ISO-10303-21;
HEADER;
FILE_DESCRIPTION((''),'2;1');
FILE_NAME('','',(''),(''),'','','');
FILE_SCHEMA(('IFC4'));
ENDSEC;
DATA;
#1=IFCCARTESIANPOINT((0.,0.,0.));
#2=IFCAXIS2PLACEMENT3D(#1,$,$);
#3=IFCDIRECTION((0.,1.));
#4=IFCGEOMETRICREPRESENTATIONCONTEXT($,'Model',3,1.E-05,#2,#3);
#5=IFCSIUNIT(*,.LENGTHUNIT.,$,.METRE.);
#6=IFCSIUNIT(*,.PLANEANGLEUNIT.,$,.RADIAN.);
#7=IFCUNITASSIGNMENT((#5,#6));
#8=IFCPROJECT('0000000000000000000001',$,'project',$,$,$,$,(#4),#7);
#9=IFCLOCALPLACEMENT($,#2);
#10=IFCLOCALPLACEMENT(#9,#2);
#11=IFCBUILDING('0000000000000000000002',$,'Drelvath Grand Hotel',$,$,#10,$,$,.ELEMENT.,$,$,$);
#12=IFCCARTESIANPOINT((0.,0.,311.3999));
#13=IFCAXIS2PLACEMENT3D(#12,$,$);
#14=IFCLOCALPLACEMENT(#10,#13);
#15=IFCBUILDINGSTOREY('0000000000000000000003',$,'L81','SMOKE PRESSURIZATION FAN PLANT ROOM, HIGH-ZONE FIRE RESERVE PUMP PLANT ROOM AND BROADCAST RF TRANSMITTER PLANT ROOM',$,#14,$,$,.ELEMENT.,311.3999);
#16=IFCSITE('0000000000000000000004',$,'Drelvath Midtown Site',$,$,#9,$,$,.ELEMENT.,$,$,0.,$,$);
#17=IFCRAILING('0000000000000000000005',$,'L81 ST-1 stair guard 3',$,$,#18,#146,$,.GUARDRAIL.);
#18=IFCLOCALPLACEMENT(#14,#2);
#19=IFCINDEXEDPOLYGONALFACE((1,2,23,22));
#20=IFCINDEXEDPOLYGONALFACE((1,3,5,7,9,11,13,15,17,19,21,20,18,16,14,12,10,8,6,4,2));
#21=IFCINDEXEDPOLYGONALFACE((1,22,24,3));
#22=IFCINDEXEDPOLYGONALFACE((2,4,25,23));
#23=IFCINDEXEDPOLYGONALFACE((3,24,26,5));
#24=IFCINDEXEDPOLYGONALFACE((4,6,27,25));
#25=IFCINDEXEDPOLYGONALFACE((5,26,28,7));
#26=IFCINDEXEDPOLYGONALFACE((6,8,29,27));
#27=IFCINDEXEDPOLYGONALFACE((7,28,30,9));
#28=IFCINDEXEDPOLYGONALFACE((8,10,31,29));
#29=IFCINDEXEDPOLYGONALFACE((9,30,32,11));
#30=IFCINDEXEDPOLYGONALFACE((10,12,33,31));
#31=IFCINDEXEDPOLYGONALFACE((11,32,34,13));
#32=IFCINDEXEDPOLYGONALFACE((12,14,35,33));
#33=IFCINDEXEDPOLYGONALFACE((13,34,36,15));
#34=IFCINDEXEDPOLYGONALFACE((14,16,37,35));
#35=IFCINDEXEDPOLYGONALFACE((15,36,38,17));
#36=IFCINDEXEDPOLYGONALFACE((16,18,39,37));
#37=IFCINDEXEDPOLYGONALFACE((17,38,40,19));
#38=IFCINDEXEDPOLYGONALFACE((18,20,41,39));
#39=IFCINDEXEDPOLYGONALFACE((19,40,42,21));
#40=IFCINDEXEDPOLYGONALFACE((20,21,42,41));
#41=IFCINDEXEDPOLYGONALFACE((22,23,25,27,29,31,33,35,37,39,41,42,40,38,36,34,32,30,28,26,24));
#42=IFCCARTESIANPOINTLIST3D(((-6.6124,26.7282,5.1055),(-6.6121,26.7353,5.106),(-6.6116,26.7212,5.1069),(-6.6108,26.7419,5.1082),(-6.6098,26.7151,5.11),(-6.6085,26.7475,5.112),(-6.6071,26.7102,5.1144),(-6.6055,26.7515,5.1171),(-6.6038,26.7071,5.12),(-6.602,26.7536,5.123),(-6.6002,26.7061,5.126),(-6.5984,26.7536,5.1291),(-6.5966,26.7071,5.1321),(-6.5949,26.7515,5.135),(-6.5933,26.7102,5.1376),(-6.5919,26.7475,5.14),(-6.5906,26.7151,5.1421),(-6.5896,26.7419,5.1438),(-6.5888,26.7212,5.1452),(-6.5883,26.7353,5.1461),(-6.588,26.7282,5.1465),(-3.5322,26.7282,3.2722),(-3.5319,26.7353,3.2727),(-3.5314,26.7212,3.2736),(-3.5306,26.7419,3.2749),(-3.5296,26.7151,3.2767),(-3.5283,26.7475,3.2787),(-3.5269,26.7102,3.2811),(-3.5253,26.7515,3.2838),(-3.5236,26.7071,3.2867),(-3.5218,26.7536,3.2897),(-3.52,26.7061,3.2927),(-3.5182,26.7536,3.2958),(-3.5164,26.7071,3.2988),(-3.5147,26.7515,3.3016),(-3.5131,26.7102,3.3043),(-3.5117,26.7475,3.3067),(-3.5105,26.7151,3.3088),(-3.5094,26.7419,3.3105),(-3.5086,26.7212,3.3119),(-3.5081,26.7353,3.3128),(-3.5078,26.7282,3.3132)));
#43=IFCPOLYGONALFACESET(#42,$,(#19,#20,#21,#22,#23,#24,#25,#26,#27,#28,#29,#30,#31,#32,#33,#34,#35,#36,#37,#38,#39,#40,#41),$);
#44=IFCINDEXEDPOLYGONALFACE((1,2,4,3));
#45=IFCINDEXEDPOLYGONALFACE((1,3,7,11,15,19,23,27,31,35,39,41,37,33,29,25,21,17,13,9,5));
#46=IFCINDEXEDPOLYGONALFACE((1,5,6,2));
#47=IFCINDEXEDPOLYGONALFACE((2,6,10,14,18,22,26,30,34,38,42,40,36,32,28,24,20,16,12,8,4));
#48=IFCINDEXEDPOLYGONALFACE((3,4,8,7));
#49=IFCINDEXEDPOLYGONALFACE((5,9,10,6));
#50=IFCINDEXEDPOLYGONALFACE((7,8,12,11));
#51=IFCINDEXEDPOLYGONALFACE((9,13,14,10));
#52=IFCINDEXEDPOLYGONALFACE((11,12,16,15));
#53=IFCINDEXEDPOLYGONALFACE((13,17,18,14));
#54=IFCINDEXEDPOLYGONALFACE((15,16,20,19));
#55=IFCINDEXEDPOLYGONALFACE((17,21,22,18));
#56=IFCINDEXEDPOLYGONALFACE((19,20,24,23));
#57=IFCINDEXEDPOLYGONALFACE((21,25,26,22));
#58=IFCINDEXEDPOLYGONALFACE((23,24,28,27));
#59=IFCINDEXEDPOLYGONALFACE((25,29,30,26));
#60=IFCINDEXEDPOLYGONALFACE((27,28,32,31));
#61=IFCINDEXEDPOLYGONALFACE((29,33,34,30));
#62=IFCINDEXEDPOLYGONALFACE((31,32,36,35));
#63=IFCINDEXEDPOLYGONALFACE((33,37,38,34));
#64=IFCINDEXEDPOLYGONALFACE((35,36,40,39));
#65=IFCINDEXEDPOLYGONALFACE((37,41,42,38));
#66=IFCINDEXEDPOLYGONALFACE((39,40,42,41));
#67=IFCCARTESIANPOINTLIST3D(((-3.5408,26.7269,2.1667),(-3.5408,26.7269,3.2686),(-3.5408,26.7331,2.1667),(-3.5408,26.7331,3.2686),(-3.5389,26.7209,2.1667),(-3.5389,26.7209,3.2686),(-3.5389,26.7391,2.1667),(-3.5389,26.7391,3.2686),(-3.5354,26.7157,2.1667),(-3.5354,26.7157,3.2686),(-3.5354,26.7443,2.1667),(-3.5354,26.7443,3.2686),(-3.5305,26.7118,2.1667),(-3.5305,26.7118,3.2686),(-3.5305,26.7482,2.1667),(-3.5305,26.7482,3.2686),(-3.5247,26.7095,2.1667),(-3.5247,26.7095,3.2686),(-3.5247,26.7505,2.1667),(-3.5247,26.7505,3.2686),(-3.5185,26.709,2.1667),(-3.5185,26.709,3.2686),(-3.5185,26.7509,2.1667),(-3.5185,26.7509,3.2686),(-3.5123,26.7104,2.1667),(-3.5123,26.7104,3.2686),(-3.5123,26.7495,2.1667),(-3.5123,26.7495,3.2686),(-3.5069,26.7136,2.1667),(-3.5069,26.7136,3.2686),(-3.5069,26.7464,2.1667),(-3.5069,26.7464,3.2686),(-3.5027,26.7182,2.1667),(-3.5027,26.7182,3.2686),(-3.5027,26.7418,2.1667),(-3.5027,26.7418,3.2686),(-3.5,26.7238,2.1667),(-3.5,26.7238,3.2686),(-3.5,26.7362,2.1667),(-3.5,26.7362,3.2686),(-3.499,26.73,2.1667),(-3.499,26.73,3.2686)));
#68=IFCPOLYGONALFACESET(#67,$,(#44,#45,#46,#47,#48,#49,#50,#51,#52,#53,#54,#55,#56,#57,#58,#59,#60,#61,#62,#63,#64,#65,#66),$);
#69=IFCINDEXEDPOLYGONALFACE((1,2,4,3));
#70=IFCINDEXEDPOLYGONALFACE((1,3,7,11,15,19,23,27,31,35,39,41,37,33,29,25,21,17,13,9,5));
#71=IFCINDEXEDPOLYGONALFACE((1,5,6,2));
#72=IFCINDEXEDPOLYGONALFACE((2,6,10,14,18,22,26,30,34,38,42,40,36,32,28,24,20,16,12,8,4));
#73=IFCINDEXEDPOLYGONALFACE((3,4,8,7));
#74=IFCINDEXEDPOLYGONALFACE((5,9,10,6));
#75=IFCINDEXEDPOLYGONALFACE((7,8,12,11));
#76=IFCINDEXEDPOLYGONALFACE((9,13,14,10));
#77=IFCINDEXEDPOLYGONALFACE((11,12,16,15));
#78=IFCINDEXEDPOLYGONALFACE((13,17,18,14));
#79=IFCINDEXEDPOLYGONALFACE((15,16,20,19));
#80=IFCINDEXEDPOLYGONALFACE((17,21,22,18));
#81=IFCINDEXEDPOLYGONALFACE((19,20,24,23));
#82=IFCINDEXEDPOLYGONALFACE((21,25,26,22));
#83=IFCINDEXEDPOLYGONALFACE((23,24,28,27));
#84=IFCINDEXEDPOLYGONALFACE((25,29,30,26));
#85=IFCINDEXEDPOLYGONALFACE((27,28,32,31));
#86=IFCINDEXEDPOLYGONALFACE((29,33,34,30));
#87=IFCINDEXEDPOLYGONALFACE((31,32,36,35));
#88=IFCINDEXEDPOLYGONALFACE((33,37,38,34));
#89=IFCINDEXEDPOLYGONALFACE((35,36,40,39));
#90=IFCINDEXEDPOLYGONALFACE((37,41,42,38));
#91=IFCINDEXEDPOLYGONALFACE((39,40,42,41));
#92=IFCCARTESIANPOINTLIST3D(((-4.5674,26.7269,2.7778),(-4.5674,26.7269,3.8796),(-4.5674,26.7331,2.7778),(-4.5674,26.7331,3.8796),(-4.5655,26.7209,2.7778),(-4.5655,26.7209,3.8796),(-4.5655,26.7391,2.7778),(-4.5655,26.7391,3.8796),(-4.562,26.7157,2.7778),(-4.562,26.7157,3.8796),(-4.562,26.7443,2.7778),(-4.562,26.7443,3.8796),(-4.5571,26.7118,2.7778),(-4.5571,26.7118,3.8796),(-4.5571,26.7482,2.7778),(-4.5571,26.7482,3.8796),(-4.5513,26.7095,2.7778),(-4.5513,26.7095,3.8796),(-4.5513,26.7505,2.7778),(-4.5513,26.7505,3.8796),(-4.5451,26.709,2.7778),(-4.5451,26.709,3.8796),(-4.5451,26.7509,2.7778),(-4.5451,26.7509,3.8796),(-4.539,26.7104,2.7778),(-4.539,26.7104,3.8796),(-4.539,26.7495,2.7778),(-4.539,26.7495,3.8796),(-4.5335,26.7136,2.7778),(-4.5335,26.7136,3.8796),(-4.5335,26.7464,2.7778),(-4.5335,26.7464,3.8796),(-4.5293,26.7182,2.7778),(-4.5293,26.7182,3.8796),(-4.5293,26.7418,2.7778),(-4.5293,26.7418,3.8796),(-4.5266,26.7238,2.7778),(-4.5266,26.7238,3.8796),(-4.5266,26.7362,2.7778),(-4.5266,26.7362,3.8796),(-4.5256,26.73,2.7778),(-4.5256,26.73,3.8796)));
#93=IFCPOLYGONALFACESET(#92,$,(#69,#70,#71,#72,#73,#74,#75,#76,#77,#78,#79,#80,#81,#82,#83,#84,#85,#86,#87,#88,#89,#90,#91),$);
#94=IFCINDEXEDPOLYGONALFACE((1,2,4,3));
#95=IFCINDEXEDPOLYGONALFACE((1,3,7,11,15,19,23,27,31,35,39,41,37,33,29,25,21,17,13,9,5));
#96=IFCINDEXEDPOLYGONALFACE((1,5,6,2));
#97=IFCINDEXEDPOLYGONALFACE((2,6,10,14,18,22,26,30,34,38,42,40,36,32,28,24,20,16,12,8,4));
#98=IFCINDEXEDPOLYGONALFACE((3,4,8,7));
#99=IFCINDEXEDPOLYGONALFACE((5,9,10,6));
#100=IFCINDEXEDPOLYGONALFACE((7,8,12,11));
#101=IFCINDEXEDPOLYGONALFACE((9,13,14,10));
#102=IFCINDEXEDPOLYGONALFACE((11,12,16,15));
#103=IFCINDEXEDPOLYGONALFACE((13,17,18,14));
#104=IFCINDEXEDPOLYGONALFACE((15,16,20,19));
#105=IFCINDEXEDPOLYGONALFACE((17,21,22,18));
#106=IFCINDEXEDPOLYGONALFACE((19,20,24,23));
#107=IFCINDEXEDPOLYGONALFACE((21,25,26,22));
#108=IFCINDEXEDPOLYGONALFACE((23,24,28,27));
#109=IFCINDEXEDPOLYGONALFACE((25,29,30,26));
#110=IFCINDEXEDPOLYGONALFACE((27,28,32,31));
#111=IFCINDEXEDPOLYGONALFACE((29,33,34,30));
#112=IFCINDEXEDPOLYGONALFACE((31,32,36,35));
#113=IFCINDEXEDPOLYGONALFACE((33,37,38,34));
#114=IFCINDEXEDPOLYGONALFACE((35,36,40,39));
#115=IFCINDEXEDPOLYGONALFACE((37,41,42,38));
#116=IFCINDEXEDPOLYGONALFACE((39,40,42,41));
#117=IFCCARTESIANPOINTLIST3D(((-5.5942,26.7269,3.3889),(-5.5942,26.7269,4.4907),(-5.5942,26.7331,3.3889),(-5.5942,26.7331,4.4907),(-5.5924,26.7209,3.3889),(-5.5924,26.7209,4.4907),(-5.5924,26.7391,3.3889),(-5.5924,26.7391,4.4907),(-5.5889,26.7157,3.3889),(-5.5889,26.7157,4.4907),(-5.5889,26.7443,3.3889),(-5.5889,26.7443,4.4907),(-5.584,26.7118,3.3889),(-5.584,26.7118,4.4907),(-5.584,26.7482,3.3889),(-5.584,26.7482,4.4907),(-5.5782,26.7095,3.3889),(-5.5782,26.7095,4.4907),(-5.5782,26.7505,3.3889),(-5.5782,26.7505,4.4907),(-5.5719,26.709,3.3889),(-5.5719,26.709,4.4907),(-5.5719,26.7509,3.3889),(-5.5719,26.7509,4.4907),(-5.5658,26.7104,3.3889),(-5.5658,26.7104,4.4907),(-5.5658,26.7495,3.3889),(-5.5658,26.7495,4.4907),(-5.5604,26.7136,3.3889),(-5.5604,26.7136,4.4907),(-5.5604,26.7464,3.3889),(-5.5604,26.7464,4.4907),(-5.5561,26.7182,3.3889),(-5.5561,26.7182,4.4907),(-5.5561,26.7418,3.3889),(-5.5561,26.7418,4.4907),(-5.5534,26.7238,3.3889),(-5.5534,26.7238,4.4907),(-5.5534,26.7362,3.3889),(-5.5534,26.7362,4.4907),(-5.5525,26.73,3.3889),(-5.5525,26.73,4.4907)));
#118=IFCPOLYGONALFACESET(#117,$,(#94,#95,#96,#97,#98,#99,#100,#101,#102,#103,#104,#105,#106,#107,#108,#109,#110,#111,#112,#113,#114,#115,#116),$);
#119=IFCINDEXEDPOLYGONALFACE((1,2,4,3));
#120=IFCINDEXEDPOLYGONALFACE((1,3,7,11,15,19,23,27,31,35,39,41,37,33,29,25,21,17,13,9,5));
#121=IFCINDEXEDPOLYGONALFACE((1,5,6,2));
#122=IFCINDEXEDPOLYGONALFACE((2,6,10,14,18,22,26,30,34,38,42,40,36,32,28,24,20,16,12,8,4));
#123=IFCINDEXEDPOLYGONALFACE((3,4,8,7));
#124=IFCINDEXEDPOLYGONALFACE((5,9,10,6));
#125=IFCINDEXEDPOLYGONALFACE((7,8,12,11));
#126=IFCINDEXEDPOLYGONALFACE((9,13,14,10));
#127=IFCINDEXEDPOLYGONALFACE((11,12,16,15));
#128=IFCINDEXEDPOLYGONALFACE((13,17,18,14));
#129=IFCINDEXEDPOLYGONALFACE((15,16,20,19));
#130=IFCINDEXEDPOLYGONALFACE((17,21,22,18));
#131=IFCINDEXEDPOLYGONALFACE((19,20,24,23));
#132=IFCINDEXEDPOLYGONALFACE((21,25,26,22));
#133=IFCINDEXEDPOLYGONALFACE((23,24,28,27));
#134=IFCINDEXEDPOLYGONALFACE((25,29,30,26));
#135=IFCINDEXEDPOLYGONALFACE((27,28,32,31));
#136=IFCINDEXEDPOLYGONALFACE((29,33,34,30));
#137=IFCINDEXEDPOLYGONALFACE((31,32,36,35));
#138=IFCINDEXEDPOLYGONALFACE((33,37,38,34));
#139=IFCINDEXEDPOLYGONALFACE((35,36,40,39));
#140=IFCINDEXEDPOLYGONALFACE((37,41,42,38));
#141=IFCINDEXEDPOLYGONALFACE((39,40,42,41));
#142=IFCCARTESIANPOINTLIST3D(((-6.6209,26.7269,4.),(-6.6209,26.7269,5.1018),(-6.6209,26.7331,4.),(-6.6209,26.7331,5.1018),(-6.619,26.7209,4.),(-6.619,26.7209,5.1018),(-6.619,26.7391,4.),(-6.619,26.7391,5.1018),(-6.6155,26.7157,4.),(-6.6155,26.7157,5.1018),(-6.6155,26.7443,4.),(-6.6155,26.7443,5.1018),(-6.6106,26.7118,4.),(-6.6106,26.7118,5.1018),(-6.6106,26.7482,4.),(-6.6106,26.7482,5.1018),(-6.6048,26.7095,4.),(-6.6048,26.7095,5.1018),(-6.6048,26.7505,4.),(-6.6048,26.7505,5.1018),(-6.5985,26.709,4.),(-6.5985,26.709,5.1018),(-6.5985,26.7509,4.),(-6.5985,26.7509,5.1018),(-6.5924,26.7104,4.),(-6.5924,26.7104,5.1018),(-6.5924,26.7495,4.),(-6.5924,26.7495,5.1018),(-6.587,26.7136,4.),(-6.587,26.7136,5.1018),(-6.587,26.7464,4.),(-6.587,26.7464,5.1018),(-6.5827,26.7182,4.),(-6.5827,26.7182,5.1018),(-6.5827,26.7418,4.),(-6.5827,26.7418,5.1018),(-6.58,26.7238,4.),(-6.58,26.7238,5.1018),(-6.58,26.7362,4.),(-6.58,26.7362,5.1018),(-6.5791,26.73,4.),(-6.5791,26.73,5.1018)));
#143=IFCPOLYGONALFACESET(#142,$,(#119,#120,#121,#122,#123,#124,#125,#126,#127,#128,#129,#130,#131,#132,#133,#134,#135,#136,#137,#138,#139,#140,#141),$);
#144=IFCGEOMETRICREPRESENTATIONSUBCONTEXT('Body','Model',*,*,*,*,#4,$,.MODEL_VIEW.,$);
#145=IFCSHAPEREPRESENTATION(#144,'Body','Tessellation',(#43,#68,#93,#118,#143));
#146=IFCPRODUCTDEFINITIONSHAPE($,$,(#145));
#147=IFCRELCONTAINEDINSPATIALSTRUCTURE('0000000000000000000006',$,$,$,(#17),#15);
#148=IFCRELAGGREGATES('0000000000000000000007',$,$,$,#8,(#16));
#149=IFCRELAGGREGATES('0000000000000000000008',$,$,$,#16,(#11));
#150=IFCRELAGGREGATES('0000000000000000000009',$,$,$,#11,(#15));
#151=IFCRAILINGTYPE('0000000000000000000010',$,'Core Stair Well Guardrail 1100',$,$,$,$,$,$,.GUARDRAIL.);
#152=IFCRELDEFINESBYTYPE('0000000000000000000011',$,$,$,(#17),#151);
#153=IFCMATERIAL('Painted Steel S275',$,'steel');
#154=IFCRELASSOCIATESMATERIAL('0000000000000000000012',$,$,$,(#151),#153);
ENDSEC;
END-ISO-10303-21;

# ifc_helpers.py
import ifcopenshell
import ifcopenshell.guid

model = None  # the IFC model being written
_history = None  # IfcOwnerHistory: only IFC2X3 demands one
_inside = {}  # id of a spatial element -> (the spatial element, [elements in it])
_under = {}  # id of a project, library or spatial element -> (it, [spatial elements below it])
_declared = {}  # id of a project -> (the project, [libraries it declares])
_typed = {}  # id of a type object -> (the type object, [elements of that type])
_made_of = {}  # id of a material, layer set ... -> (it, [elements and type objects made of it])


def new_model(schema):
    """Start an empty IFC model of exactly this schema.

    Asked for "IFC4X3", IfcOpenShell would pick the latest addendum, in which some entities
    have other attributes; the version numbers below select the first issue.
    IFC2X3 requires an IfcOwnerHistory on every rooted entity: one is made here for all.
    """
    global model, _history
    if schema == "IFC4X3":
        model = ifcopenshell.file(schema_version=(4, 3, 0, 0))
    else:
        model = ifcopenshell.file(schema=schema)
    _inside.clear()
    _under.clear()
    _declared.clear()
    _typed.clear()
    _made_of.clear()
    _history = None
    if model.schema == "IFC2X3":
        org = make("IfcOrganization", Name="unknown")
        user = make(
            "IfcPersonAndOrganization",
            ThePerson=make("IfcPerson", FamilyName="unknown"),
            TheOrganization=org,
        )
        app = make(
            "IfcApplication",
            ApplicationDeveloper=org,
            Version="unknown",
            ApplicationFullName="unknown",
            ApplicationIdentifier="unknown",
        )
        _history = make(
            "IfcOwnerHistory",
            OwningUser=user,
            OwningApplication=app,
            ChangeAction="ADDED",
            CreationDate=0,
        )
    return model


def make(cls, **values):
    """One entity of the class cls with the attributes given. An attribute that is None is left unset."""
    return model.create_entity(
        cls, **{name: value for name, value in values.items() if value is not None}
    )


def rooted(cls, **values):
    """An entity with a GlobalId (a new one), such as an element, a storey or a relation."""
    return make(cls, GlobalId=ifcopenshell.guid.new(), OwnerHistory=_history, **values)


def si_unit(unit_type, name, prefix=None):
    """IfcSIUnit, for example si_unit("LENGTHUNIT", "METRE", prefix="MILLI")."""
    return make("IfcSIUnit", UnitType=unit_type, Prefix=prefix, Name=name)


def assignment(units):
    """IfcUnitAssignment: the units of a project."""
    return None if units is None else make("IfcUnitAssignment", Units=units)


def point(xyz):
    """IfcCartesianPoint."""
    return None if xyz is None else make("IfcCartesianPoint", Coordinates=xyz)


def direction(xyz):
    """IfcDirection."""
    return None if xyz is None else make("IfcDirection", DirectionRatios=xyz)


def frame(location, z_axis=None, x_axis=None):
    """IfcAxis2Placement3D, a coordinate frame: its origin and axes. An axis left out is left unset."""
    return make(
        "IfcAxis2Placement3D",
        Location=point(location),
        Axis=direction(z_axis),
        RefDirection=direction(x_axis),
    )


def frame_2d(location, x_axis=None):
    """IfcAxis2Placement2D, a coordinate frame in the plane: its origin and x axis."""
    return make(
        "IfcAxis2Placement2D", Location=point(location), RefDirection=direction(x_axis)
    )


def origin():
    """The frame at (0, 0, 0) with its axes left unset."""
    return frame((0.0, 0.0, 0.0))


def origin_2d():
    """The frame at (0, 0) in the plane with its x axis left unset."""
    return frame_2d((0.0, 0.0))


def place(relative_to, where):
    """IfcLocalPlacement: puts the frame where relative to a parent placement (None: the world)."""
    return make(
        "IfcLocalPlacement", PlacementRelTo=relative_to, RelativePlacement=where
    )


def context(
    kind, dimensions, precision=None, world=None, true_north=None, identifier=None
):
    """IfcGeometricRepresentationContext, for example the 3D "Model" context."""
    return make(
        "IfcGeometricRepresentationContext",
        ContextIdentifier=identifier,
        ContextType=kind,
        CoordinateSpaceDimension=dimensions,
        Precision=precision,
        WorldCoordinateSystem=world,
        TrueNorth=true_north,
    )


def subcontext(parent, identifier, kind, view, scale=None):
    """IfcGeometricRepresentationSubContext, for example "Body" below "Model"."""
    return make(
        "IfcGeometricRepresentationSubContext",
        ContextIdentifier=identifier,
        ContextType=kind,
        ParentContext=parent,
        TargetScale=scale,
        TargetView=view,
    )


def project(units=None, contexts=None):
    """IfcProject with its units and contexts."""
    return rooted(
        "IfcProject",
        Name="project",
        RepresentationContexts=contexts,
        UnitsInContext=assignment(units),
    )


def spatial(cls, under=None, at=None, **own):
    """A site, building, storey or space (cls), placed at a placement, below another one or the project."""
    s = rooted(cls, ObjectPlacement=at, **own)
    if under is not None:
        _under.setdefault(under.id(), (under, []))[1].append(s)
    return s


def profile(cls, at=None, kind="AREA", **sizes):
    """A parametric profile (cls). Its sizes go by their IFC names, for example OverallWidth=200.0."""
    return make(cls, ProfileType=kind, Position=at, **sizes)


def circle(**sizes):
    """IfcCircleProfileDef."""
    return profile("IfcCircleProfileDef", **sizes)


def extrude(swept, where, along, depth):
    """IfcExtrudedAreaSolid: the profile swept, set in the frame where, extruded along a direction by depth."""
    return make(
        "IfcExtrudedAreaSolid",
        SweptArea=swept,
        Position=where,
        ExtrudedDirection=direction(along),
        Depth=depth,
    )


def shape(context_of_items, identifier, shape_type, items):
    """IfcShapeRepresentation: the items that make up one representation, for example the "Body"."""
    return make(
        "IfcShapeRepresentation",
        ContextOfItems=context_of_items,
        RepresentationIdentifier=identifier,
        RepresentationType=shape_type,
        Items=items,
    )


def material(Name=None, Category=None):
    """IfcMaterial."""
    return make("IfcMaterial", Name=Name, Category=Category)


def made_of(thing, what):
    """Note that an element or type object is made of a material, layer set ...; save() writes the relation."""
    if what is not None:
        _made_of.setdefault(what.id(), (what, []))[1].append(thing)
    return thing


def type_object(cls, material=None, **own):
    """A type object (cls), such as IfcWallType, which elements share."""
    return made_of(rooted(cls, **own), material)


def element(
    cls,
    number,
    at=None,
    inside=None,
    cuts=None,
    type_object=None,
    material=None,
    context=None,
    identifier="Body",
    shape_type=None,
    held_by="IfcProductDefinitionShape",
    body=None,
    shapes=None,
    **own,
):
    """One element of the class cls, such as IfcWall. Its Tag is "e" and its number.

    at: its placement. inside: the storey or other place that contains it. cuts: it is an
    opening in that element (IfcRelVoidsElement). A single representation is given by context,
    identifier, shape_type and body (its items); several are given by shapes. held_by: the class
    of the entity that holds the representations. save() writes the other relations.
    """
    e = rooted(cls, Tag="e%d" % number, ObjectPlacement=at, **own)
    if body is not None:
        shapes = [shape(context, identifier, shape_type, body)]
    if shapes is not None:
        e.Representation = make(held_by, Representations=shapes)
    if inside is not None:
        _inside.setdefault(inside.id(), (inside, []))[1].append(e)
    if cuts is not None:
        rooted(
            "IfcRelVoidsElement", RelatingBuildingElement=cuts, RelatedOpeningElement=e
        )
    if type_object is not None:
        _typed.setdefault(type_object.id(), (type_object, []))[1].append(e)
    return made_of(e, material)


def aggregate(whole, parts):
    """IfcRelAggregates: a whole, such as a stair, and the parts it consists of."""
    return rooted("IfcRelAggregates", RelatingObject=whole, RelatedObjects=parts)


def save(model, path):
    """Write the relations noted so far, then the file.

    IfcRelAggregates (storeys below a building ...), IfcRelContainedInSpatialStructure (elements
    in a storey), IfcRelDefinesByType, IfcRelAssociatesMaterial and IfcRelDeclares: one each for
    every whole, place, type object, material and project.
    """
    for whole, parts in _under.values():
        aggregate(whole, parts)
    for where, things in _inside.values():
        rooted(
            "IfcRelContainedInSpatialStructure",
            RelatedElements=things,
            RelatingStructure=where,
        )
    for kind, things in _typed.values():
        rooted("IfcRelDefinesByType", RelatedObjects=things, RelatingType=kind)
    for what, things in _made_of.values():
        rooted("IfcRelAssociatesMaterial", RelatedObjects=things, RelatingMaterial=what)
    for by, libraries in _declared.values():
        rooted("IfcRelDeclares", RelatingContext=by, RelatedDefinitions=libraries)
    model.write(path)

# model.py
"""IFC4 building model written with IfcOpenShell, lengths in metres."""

from ifc_helpers import new_model, si_unit, direction, frame, origin, origin_2d, place, context, subcontext, project, spatial, circle, extrude, material, type_object, element, save


model = new_model("IFC4")

# Units and contexts
model_context = context("Model", 3, precision=1e-05, world=origin(), true_north=direction((0.0, 1.0)))
body_context = subcontext(model_context, "Body", "Model", "MODEL_VIEW")
ifc_project = project(units=[si_unit("LENGTHUNIT", "METRE"), si_unit("PLANEANGLEUNIT", "RADIAN")], contexts=[model_context])

# Site, building, storey
site_placement = place(None, origin())
site = spatial("IfcSite", under=ifc_project, at=site_placement, Name="Drelvath Midtown Site", CompositionType="ELEMENT", RefElevation=0.0)
building_placement = place(site_placement, origin())
building = spatial("IfcBuilding", under=site, at=building_placement, Name="Drelvath Grand Hotel", CompositionType="ELEMENT")
storey_placement = place(building_placement, frame((0.0, 0.0, 311.3999)))
storey = spatial("IfcBuildingStorey", under=building, at=storey_placement, Name="L81", Description="SMOKE PRESSURIZATION FAN PLANT ROOM, HIGH-ZONE FIRE RESERVE PUMP PLANT ROOM AND BROADCAST RF TRANSMITTER PLANT ROOM", CompositionType="ELEMENT", Elevation=311.3999)

# Shared definitions
ifc_material_1 = material(Name="Painted Steel S275", Category="steel")

# Railing
railing_type_1 = type_object("IfcRailingType", Name="Core Stair Well Guardrail 1100", PredefinedType="GUARDRAIL", material=ifc_material_1)
railing_1_placement = place(storey_placement, frame((-3.52, 26.73, 2.1667)))
element("IfcRailing", 1, at=railing_1_placement, inside=storey, type_object=railing_type_1, Name="L81 ST-1 stair guard 3", PredefinedType="GUARDRAIL", context=body_context, shape_type="SweptSolid", body=[
    extrude(circle(Radius=0.0239, at=origin_2d()), frame((0.0, 0.0, 1.126), z_axis=(-0.859309, 0.0, 0.511458), x_axis=(0.0, -1.0, 0.0)), (0.0, 0.0, 1.0), 3.5845),
    extrude(circle(Radius=0.021, at=origin_2d()), origin(), (0.0, 0.0, 1.0), 1.1018),
    extrude(circle(Radius=0.021, at=origin_2d()), frame((-1.0266, 0.0, 0.6111)), (0.0, 0.0, 1.0), 1.1018),
    extrude(circle(Radius=0.021, at=origin_2d()), frame((-2.0535, 0.0, 1.2222)), (0.0, 0.0, 1.0), 1.1018),
    extrude(circle(Radius=0.021, at=origin_2d()), frame((-3.0801, 0.0, 1.8333)), (0.0, 0.0, 1.0), 1.1018),
])

save(model, "model.ifc")
